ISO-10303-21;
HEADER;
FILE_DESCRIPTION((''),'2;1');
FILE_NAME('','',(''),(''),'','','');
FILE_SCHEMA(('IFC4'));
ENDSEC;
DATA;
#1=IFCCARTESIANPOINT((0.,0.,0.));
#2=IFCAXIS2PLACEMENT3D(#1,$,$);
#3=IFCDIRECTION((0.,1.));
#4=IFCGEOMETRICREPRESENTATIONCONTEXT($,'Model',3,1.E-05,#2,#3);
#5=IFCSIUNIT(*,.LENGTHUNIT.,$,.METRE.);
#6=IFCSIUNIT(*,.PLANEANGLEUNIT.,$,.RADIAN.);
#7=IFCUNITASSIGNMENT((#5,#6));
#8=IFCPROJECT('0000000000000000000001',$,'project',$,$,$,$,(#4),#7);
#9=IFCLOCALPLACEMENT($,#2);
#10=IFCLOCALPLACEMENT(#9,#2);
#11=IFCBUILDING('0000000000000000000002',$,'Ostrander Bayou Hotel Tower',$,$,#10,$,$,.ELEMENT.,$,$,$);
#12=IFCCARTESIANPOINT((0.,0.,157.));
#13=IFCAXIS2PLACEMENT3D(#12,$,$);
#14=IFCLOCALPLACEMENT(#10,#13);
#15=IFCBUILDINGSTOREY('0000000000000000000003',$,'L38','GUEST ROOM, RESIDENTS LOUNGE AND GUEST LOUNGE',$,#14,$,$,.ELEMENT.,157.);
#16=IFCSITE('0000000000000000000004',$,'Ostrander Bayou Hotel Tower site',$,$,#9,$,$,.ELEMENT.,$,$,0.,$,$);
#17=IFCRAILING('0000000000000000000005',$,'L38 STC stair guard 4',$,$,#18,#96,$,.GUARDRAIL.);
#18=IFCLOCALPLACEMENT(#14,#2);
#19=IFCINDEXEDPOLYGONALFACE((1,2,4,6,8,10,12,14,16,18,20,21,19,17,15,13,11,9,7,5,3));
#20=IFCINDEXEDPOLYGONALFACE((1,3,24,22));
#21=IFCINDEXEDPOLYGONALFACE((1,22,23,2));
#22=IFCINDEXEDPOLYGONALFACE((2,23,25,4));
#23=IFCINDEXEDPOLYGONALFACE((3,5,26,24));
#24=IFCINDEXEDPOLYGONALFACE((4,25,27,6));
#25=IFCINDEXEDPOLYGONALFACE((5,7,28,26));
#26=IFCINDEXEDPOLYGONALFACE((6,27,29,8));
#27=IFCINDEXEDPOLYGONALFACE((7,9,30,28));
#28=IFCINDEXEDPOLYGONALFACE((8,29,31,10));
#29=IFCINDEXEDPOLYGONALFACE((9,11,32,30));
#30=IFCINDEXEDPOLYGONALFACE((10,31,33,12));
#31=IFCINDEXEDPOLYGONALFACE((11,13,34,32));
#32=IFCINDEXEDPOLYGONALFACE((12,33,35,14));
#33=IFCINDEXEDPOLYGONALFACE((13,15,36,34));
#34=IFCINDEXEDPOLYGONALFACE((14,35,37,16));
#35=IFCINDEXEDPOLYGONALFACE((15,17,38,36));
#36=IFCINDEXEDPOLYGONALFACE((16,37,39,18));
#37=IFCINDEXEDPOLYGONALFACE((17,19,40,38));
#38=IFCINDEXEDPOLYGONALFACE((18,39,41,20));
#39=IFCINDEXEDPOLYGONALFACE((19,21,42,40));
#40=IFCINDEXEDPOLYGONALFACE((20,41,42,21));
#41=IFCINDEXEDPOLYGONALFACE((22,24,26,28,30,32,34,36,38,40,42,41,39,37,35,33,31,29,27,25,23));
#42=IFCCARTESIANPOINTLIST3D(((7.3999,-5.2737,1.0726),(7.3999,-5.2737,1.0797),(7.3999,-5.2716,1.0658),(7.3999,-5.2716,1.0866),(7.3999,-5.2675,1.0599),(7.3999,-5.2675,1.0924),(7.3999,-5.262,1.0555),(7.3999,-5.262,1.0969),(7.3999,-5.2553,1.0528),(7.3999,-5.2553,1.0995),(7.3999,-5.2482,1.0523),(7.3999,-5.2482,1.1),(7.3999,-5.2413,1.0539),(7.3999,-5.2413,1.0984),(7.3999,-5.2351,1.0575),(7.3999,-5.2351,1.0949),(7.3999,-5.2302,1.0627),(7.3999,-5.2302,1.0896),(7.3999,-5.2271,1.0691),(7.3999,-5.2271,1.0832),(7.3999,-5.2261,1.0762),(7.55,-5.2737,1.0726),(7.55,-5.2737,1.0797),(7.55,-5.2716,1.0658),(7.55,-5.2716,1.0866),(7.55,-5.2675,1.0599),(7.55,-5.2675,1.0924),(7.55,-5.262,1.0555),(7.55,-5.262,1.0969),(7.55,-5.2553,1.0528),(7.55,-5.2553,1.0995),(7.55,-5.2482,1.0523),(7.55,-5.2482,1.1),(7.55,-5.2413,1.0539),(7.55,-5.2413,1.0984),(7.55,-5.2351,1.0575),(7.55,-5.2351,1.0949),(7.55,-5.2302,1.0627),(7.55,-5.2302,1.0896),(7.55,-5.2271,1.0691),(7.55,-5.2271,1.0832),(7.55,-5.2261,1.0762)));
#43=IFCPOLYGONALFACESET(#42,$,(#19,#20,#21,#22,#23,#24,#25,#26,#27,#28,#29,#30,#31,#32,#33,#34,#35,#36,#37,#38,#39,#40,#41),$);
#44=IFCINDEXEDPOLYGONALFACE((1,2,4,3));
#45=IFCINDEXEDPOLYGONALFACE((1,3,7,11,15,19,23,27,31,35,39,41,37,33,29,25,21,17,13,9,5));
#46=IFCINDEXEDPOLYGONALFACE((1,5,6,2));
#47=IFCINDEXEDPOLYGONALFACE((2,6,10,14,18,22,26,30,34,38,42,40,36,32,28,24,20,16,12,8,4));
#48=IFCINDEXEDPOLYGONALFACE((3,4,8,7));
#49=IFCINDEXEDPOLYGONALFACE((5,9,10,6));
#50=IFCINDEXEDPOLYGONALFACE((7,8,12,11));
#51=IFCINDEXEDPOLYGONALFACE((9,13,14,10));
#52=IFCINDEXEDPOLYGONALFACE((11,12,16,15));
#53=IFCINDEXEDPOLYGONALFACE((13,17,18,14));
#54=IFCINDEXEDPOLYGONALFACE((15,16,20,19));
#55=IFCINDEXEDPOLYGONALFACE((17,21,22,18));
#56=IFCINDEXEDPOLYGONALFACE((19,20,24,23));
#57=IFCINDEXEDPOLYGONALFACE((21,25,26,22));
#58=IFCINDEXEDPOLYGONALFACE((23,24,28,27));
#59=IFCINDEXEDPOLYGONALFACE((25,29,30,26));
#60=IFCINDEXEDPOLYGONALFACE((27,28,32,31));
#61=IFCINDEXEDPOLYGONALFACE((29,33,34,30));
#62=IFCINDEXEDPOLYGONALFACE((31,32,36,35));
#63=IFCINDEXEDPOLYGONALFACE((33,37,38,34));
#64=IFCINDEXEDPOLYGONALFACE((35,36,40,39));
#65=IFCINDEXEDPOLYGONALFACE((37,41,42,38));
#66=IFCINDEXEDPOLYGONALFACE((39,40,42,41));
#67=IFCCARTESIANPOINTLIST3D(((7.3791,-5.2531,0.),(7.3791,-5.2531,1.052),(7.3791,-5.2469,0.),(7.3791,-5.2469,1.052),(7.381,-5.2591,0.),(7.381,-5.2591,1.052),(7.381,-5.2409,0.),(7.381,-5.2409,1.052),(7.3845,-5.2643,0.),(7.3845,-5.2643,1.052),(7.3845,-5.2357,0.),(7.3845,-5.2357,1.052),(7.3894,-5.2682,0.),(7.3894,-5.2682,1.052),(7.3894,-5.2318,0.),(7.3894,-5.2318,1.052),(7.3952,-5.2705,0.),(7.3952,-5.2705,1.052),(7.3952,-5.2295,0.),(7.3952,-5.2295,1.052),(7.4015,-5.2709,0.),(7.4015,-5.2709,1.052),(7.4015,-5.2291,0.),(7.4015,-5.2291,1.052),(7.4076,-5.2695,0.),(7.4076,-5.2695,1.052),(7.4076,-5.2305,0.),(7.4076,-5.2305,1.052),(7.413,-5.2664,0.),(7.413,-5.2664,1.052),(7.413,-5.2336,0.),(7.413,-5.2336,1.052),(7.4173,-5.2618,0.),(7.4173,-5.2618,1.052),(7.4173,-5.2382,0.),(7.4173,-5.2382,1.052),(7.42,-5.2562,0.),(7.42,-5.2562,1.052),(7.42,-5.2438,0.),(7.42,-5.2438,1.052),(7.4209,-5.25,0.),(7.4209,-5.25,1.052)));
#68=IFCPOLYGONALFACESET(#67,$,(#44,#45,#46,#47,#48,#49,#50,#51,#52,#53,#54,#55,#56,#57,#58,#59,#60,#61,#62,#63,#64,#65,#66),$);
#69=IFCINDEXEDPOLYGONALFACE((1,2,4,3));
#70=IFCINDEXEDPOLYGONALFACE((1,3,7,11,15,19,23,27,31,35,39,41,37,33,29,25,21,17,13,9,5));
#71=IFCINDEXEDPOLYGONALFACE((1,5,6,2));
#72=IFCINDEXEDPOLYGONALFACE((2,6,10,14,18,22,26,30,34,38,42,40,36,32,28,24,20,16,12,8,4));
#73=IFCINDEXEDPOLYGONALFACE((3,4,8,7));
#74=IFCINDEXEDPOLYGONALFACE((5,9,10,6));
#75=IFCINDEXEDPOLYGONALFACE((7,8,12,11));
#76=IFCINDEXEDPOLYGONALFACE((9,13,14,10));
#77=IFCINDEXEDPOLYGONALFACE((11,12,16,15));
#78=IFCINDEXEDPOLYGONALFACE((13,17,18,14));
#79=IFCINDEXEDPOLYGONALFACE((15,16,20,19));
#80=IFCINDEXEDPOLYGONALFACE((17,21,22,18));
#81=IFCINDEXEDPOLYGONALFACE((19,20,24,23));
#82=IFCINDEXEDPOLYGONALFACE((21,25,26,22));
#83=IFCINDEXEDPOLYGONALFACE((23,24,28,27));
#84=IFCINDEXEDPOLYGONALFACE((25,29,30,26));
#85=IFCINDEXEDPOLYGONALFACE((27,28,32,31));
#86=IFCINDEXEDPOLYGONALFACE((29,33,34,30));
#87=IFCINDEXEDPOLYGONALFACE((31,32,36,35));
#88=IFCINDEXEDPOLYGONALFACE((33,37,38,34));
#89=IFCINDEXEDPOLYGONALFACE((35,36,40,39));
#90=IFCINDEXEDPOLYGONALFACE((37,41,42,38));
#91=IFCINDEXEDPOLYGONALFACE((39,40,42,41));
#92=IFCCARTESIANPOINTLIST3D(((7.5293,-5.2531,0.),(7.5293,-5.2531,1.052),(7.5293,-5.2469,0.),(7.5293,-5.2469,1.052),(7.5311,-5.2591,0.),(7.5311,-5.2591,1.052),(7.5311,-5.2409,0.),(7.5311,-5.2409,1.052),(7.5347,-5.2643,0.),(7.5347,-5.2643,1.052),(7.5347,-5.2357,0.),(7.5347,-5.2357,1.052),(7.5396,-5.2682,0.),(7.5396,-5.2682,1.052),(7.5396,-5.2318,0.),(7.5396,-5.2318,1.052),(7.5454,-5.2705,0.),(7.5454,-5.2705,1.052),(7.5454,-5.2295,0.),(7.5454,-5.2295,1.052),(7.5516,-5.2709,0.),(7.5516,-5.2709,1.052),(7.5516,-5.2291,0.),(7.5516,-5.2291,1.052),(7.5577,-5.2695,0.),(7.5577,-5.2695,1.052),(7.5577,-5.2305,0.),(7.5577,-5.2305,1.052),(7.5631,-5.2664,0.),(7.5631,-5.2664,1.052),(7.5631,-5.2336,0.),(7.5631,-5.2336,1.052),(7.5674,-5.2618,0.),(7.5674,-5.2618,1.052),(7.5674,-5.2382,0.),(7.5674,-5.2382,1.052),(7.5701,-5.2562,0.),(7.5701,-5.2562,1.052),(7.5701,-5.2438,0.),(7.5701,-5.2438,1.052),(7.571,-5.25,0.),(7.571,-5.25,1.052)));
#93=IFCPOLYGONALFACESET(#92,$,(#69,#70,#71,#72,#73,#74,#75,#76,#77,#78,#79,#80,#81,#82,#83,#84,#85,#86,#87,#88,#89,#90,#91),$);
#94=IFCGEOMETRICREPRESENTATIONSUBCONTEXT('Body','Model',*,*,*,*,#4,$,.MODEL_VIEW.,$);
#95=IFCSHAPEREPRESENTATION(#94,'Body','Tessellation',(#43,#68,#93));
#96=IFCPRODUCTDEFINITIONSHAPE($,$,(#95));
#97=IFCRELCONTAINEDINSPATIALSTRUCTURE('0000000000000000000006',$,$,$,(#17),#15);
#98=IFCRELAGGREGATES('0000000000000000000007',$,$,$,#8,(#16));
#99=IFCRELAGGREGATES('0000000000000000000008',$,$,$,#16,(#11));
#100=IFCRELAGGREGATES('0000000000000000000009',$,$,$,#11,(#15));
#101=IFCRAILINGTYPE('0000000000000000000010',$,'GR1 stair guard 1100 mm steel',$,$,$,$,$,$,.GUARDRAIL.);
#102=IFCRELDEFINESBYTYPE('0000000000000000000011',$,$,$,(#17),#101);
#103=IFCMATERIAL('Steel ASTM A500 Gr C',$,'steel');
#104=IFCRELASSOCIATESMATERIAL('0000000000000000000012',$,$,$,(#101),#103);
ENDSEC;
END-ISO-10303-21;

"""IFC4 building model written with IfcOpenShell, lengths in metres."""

from ifc_helpers import new_model, si_unit, direction, frame, origin, origin_2d, place, context, subcontext, project, spatial, circle, extrude, material, type_object, element, save


model = new_model("IFC4")

# Units and contexts
model_context = context("Model", 3, precision=1e-05, world=origin(), true_north=direction((0.0, 1.0)))
body_context = subcontext(model_context, "Body", "Model", "MODEL_VIEW")
ifc_project = project(units=[si_unit("LENGTHUNIT", "METRE"), si_unit("PLANEANGLEUNIT", "RADIAN")], contexts=[model_context])

# Site, building, storey
site_placement = place(None, origin())
site = spatial("IfcSite", under=ifc_project, at=site_placement, Name="Ostrander Bayou Hotel Tower site", CompositionType="ELEMENT", RefElevation=0.0)
building_placement = place(site_placement, origin())
building = spatial("IfcBuilding", under=site, at=building_placement, Name="Ostrander Bayou Hotel Tower", CompositionType="ELEMENT")
storey_placement = place(building_placement, frame((0.0, 0.0, 157.0)))
storey = spatial("IfcBuildingStorey", under=building, at=storey_placement, Name="L38", Description="GUEST ROOM, RESIDENTS LOUNGE AND GUEST LOUNGE", CompositionType="ELEMENT", Elevation=157.0)

# Railing
ifc_material_1 = material(Name="Steel ASTM A500 Gr C", Category="steel")
railing_type_1 = type_object("IfcRailingType", Name="GR1 stair guard 1100 mm steel", PredefinedType="GUARDRAIL", material=ifc_material_1)
railing_1_placement = place(storey_placement, frame((7.3999, -5.25, 0.0)))
element("IfcRailing", 1, at=railing_1_placement, inside=storey, type_object=railing_type_1, Name="L38 STC stair guard 4", PredefinedType="GUARDRAIL", context=body_context, shape_type="SweptSolid", body=[
    extrude(circle(Radius=0.0239, at=origin_2d()), frame((0.0, 0.0, 1.0762), z_axis=(1.0, 0.0, 0.0), x_axis=(0.0, 1.0, 0.0)), (0.0, 0.0, 1.0), 0.1501),
    extrude(circle(Radius=0.021, at=origin_2d()), origin(), (0.0, 0.0, 1.0), 1.052),
    extrude(circle(Radius=0.021, at=origin_2d()), frame((0.1501, 0.0, 0.0)), (0.0, 0.0, 1.0), 1.052),
])

save(model, "model.ifc")
